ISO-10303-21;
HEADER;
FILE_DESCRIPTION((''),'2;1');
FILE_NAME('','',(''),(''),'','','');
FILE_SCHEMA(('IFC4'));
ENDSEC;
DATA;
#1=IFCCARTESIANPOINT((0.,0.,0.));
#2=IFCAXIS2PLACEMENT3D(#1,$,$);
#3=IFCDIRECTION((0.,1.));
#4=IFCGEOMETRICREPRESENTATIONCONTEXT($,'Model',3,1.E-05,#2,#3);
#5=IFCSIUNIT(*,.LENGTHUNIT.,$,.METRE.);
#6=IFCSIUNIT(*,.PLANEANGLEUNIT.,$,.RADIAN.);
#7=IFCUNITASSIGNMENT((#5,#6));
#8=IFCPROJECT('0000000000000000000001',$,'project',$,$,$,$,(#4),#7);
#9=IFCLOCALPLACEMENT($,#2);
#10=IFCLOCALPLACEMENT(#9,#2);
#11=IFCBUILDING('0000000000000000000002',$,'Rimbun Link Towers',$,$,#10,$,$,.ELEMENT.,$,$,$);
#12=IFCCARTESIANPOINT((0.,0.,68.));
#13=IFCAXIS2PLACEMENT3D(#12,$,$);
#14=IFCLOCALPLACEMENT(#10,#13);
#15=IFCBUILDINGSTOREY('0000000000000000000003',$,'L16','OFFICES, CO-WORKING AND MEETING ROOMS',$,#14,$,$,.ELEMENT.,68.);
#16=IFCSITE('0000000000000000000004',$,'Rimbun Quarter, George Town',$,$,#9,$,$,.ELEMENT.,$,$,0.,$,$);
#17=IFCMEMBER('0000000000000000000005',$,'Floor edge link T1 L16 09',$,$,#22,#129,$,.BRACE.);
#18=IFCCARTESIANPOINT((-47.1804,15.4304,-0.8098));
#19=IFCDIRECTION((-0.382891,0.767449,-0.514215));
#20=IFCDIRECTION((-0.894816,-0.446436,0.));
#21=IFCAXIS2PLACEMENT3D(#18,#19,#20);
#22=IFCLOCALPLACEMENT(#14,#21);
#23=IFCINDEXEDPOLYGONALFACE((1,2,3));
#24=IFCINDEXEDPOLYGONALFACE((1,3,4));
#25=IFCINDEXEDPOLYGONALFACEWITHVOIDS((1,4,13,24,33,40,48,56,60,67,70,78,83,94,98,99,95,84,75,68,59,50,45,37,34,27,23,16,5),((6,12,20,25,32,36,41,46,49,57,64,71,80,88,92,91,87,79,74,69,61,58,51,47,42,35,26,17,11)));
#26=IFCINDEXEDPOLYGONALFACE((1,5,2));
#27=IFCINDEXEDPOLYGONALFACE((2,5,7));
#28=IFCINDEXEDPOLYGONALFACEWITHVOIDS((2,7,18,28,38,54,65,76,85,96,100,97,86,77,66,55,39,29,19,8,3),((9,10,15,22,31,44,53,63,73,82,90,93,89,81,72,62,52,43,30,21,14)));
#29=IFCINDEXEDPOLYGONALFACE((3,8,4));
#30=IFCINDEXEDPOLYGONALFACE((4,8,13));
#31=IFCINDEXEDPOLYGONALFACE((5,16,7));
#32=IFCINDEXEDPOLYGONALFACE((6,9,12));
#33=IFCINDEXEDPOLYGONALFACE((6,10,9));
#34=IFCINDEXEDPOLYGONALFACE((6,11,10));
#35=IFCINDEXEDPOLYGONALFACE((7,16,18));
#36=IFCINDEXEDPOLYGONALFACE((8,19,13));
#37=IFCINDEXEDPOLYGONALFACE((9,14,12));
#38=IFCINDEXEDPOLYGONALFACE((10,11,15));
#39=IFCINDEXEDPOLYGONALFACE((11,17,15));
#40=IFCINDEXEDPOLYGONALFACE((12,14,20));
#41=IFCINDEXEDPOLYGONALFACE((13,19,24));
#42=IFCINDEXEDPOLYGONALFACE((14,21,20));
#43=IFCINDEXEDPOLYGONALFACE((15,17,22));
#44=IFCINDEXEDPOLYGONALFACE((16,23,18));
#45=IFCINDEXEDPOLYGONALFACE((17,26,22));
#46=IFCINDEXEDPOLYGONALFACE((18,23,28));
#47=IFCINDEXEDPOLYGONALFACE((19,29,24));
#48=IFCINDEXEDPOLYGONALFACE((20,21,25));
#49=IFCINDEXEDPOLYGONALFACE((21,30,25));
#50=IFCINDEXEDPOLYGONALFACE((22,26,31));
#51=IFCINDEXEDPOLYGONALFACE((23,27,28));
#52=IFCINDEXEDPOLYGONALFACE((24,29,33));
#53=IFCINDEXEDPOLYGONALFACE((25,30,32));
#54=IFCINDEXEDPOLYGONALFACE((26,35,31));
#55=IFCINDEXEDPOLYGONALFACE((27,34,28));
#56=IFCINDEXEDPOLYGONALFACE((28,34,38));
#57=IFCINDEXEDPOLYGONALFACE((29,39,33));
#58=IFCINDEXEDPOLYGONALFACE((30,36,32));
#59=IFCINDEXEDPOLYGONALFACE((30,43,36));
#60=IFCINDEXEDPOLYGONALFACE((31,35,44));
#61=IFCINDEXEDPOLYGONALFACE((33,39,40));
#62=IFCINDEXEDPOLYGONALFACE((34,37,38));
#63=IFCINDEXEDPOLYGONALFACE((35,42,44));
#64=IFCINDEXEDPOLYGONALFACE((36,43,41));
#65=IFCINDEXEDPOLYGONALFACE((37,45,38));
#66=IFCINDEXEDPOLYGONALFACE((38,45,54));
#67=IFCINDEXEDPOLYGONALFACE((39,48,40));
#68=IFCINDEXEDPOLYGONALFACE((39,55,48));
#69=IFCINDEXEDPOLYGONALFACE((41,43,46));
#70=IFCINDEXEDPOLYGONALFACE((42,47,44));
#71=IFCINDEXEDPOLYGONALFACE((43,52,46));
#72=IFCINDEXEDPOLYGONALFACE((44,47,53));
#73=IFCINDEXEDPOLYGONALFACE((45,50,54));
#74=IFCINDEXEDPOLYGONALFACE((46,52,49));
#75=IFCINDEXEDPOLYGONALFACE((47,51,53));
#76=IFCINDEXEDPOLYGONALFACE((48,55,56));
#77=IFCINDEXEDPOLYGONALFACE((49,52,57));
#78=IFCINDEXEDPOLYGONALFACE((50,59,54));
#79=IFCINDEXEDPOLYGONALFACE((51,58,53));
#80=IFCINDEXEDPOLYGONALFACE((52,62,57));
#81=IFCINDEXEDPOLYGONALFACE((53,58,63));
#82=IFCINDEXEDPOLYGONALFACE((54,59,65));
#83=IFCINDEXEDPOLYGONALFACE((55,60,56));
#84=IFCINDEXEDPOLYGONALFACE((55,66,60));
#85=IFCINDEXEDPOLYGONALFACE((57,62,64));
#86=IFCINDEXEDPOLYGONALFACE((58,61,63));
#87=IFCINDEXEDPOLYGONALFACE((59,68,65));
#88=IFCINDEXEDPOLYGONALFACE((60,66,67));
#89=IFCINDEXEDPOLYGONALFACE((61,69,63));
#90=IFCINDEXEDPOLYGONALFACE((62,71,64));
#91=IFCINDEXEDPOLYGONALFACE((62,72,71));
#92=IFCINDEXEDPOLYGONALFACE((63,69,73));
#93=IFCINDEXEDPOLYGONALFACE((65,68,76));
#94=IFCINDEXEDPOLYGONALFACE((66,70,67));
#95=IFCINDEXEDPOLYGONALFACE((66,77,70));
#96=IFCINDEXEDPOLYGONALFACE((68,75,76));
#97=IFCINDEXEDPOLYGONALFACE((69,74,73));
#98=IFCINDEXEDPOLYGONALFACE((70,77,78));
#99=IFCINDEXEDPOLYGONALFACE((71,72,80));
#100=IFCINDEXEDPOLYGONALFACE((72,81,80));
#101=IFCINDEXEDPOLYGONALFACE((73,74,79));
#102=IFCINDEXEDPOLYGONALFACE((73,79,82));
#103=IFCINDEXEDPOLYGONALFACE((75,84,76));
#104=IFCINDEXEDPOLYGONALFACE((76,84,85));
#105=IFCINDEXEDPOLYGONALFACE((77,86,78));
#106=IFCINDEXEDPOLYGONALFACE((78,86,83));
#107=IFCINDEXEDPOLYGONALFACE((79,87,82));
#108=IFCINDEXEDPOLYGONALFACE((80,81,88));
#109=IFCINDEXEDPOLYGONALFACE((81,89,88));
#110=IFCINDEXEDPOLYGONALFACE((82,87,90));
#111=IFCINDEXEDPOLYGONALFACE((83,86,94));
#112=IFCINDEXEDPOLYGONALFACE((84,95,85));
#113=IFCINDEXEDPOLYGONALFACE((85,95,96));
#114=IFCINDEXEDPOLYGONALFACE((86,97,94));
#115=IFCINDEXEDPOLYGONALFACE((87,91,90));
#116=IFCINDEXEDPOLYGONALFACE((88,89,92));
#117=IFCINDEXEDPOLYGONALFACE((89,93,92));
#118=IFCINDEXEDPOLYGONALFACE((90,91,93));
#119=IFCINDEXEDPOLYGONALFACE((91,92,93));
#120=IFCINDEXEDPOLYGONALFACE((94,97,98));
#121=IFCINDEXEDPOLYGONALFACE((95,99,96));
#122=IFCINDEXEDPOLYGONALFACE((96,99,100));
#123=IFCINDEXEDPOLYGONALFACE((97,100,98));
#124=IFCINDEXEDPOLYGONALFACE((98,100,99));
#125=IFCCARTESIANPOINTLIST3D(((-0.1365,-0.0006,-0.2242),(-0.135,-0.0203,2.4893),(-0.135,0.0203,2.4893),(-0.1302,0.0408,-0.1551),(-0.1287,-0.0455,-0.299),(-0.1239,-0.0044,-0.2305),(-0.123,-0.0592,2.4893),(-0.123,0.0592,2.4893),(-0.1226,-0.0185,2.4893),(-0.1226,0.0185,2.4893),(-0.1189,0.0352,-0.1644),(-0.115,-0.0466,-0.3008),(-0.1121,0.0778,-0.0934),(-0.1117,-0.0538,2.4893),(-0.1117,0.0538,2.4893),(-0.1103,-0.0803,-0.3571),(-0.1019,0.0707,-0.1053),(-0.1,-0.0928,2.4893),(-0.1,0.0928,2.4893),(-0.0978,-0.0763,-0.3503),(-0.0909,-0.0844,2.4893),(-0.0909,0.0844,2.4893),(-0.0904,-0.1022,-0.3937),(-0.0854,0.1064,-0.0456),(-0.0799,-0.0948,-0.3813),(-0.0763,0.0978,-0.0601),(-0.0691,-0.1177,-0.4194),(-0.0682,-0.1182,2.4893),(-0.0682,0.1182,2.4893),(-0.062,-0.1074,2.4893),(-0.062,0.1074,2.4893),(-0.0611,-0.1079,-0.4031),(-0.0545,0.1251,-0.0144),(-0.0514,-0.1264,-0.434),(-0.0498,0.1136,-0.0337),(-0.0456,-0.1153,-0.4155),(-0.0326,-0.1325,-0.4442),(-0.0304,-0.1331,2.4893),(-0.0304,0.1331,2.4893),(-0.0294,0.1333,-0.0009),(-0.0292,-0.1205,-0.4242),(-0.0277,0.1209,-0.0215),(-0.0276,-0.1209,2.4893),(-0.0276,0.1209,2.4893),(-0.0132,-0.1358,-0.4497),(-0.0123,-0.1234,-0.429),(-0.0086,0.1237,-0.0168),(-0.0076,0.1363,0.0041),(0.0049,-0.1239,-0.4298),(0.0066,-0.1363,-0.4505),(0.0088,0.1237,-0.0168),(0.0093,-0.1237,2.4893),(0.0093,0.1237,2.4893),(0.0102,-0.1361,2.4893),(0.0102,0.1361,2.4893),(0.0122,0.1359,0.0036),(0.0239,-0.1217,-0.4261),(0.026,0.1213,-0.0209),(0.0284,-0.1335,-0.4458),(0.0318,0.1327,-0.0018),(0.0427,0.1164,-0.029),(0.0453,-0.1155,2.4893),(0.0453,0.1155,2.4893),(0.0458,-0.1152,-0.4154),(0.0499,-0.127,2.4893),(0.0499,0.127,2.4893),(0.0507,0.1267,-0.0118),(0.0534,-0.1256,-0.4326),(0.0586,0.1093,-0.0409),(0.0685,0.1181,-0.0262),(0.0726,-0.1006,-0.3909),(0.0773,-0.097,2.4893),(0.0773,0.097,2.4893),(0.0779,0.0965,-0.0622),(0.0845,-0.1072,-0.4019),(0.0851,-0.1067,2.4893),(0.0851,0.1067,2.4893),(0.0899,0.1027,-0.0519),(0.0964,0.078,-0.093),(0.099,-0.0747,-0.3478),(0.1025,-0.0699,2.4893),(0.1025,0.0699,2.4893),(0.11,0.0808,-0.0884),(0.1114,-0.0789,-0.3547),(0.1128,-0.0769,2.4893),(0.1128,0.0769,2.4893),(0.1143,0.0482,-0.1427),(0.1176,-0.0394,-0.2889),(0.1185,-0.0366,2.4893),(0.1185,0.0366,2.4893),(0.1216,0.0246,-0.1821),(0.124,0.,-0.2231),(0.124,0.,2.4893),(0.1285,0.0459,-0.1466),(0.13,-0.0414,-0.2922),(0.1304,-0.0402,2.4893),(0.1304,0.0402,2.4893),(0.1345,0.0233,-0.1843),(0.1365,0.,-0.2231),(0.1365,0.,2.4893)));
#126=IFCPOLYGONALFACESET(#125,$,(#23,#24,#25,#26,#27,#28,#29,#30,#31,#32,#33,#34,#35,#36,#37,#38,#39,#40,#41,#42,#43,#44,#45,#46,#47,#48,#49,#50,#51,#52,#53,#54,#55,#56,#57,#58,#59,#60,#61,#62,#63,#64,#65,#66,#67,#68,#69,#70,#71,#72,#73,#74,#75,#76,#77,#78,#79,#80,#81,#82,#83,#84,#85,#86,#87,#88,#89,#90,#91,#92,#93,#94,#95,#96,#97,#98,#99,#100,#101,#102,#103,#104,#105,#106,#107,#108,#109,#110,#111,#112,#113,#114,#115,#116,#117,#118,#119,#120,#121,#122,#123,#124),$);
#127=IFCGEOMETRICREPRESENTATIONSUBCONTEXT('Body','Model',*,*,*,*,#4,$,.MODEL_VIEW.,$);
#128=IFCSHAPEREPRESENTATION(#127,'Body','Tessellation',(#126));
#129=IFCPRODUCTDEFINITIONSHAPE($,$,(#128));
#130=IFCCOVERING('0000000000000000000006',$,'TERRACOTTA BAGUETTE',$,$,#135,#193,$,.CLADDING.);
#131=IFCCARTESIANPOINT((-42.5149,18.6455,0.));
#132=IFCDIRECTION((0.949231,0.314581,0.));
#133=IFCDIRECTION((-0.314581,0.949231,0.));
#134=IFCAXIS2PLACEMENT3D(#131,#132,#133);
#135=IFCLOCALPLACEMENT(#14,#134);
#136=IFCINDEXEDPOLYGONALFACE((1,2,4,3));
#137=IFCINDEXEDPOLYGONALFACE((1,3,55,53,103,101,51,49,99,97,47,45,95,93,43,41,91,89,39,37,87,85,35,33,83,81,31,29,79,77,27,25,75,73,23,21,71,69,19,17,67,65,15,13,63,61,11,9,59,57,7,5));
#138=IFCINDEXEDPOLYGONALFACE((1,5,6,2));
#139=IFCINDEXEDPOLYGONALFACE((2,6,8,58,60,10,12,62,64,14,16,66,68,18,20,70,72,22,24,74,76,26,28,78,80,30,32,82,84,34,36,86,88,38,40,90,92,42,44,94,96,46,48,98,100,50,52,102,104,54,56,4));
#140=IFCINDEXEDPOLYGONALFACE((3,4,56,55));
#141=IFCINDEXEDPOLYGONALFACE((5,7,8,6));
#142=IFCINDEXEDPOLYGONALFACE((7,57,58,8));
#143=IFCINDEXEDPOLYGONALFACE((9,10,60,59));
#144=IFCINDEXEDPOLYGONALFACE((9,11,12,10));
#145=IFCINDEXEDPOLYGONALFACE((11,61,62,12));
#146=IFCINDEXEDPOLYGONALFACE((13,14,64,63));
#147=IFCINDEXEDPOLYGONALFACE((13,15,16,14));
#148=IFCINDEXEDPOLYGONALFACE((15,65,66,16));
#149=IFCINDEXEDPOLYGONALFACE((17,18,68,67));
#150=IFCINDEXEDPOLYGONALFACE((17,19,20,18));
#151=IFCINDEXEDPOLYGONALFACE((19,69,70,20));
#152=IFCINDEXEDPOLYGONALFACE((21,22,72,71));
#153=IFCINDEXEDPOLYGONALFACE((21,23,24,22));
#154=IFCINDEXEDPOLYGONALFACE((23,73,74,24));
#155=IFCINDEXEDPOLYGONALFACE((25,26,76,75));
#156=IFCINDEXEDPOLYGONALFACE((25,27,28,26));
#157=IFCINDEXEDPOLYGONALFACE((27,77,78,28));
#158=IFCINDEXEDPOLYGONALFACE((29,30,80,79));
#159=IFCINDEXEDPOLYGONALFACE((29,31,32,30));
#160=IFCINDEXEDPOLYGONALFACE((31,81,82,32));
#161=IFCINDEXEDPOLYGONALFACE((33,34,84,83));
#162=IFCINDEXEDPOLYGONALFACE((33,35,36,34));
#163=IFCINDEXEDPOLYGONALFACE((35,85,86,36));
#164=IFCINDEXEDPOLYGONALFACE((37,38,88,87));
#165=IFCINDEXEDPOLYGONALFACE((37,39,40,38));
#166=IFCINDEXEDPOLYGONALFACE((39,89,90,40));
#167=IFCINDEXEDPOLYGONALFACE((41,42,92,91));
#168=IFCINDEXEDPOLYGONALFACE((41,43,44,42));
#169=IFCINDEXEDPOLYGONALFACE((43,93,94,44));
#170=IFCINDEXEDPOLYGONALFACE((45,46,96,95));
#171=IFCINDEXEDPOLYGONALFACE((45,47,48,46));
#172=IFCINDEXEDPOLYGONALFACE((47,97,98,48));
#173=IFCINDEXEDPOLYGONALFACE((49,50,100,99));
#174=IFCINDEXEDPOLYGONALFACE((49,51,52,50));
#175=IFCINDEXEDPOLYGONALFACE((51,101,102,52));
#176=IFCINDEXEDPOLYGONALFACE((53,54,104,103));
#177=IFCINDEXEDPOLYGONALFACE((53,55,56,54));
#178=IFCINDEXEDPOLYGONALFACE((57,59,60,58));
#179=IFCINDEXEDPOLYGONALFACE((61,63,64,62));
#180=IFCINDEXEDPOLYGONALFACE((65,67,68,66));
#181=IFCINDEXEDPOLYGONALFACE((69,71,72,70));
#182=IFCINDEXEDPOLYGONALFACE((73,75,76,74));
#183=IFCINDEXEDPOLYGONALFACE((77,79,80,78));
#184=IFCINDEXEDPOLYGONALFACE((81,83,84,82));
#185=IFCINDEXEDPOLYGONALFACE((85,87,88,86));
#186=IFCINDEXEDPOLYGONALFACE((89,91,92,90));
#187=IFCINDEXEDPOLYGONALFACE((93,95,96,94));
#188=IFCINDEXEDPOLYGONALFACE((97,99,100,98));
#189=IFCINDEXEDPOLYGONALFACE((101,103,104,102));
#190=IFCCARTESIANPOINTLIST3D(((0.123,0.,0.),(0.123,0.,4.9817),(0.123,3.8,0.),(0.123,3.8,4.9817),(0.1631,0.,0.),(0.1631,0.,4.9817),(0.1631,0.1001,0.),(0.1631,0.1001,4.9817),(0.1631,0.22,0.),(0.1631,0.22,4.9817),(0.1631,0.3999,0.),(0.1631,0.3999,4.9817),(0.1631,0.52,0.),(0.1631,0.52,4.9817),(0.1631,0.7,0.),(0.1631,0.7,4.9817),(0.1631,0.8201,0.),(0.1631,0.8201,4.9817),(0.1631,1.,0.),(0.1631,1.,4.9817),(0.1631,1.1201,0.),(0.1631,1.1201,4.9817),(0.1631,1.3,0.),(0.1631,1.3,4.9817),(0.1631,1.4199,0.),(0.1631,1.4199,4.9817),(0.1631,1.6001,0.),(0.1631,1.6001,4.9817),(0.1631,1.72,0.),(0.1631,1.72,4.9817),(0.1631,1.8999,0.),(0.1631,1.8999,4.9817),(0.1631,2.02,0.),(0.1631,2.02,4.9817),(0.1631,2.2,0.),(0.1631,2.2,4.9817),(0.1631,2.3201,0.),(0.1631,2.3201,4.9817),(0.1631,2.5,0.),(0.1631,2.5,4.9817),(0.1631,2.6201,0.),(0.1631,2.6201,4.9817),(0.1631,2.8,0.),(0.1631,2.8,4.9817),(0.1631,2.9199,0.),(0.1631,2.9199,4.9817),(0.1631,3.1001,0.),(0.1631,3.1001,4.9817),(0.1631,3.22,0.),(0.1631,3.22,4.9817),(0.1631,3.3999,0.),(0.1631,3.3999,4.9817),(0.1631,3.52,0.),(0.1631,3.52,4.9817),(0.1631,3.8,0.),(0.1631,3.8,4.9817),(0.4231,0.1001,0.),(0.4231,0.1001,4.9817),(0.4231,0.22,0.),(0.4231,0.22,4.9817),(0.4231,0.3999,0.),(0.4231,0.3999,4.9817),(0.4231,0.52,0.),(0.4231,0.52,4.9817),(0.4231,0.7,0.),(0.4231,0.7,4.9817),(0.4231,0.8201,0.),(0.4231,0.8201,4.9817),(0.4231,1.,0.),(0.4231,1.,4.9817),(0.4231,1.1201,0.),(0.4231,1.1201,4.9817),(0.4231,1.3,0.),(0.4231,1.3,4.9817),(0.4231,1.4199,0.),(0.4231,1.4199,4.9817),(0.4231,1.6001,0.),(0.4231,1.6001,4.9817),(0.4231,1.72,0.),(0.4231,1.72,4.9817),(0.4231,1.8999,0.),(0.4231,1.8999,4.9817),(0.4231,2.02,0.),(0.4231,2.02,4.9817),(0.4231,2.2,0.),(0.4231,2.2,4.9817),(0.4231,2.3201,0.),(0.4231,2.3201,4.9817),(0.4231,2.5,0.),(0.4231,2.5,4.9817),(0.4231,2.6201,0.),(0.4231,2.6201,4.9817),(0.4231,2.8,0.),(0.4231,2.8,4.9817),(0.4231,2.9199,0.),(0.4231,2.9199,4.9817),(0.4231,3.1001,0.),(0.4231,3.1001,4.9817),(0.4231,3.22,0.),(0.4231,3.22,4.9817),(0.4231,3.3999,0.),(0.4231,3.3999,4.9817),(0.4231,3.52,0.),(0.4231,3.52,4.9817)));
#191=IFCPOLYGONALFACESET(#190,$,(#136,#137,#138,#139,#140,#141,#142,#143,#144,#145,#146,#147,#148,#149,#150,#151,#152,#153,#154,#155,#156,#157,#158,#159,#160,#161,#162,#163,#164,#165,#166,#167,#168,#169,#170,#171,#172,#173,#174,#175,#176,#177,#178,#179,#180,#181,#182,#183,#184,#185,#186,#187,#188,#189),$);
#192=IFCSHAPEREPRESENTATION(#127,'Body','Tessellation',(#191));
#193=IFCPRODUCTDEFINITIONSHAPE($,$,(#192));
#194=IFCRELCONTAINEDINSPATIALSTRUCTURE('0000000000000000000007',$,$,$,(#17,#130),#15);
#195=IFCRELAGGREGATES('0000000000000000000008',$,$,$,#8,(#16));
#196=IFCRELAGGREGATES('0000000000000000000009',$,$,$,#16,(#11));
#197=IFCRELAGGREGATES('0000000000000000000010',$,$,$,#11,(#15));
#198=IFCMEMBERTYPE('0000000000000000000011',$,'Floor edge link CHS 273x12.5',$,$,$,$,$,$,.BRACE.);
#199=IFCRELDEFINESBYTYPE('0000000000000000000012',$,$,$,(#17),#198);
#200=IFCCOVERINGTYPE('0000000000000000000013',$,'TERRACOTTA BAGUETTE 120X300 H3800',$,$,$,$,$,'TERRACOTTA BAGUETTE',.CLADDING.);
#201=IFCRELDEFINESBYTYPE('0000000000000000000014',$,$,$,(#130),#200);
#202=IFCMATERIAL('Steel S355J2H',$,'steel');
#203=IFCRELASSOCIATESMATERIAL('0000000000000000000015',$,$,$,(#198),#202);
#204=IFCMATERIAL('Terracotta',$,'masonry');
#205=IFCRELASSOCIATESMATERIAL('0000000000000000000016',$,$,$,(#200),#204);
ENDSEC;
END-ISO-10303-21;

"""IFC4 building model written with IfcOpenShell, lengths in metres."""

from ifc_helpers import new_model, si_unit, direction, frame, origin, origin_2d, place, context, subcontext, project, spatial, polyline, hollow_circle, outline, extrude, clip, halfspace, material, material_profile, profile_set, type_object, element, save


model = new_model("IFC4")

# Units and contexts
model_context = context("Model", 3, precision=1e-05, world=origin(), true_north=direction((0.0, 1.0)))
body_context = subcontext(model_context, "Body", "Model", "MODEL_VIEW")
ifc_project = project(units=[si_unit("LENGTHUNIT", "METRE"), si_unit("PLANEANGLEUNIT", "RADIAN")], contexts=[model_context])

# Site, building, storey
site_placement = place(None, origin())
site = spatial("IfcSite", under=ifc_project, at=site_placement, Name="Rimbun Quarter, George Town", CompositionType="ELEMENT", RefElevation=0.0)
building_placement = place(site_placement, origin())
building = spatial("IfcBuilding", under=site, at=building_placement, Name="Rimbun Link Towers", CompositionType="ELEMENT")
storey_placement = place(building_placement, frame((0.0, 0.0, 68.0)))
storey = spatial("IfcBuildingStorey", under=building, at=storey_placement, Name="L16", Description="OFFICES, CO-WORKING AND MEETING ROOMS", CompositionType="ELEMENT", Elevation=68.0)

# Member
ifc_material_1 = material(Name="Steel S355J2H", Category="steel")
ifc_material_profile_1 = material_profile(ifc_material_1, hollow_circle(Radius=0.1365, WallThickness=0.0125, at=origin_2d()), Name="CHS 273x12.5")
ifc_profile_set_1 = profile_set([ifc_material_profile_1], Name="Steel S355J2H")
member_type_1 = type_object("IfcMemberType", Name="Floor edge link CHS 273x12.5", PredefinedType="BRACE", material=ifc_profile_set_1)
member_1_placement = place(storey_placement, frame((-47.1804, 15.4304, -0.8098), z_axis=(-0.382891, 0.767449, -0.514215), x_axis=(-0.894816, -0.446436, 0.0)))
element("IfcMember", 1, at=member_1_placement, inside=storey, type_object=member_type_1, Name="Floor edge link T1 L16 09", PredefinedType="BRACE", context=body_context, shape_type="Clipping", body=[
    clip(extrude(hollow_circle(Radius=0.1365, WallThickness=0.0125, at=origin_2d()), frame((0.0, 0.0, -0.4746)), (0.0, 0.0, 1.0), 2.9639), halfspace(frame((0.0, 0.0, -0.2231), z_axis=(0.0, 0.857661, -0.514215)), False)),
])

# Covering
ifc_material_2 = material(Name="Terracotta", Category="masonry")
ifc_material_profile_2 = material_profile(ifc_material_2, outline(polyline([(0.123, 0.0), (0.1631, 0.0), (0.1631, 0.1001), (0.4231, 0.1001), (0.4231, 0.22), (0.1631, 0.22), (0.1631, 0.3999), (0.4231, 0.3999), (0.4231, 0.52), (0.1631, 0.52), (0.1631, 0.7), (0.4231, 0.7), (0.4231, 0.8201), (0.1631, 0.8201), (0.1631, 1.0), (0.4231, 1.0), (0.4231, 1.1201), (0.1631, 1.1201), (0.1631, 1.3), (0.4231, 1.3), (0.4231, 1.4199), (0.1631, 1.4199), (0.1631, 1.6001), (0.4231, 1.6001), (0.4231, 1.72), (0.1631, 1.72), (0.1631, 1.8999), (0.4231, 1.8999), (0.4231, 2.02), (0.1631, 2.02), (0.1631, 2.2), (0.4231, 2.2), (0.4231, 2.3201), (0.1631, 2.3201), (0.1631, 2.5), (0.4231, 2.5), (0.4231, 2.6201), (0.1631, 2.6201), (0.1631, 2.8), (0.4231, 2.8), (0.4231, 2.9199), (0.1631, 2.9199), (0.1631, 3.1001), (0.4231, 3.1001), (0.4231, 3.22), (0.1631, 3.22), (0.1631, 3.3999), (0.4231, 3.3999), (0.4231, 3.52), (0.1631, 3.52), (0.1631, 3.8), (0.123, 3.8), (0.123, 0.0)])), Name="BAGUETTE 120X300")
ifc_profile_set_2 = profile_set([ifc_material_profile_2], Name="Terracotta")
covering_type = type_object("IfcCoveringType", Name="TERRACOTTA BAGUETTE 120X300 H3800", ElementType="TERRACOTTA BAGUETTE", PredefinedType="CLADDING", material=ifc_profile_set_2)
covering_1_placement = place(storey_placement, frame((-42.5149, 18.6455, 0.0), z_axis=(0.949231, 0.314581, 0.0), x_axis=(-0.314581, 0.949231, 0.0)))
element("IfcCovering", 2, at=covering_1_placement, inside=storey, type_object=covering_type, Name="TERRACOTTA BAGUETTE", PredefinedType="CLADDING", context=body_context, shape_type="SweptSolid", body=[
    extrude(outline(polyline([(0.123, 0.0), (0.1631, 0.0), (0.1631, 0.1001), (0.4231, 0.1001), (0.4231, 0.22), (0.1631, 0.22), (0.1631, 0.3999), (0.4231, 0.3999), (0.4231, 0.52), (0.1631, 0.52), (0.1631, 0.7), (0.4231, 0.7), (0.4231, 0.8201), (0.1631, 0.8201), (0.1631, 1.0), (0.4231, 1.0), (0.4231, 1.1201), (0.1631, 1.1201), (0.1631, 1.3), (0.4231, 1.3), (0.4231, 1.4199), (0.1631, 1.4199), (0.1631, 1.6001), (0.4231, 1.6001), (0.4231, 1.72), (0.1631, 1.72), (0.1631, 1.8999), (0.4231, 1.8999), (0.4231, 2.02), (0.1631, 2.02), (0.1631, 2.2), (0.4231, 2.2), (0.4231, 2.3201), (0.1631, 2.3201), (0.1631, 2.5), (0.4231, 2.5), (0.4231, 2.6201), (0.1631, 2.6201), (0.1631, 2.8), (0.4231, 2.8), (0.4231, 2.9199), (0.1631, 2.9199), (0.1631, 3.1001), (0.4231, 3.1001), (0.4231, 3.22), (0.1631, 3.22), (0.1631, 3.3999), (0.4231, 3.3999), (0.4231, 3.52), (0.1631, 3.52), (0.1631, 3.8), (0.123, 3.8), (0.123, 0.0)])), origin(), (0.0, 0.0, 1.0), 4.9817),
])

save(model, "model.ifc")
